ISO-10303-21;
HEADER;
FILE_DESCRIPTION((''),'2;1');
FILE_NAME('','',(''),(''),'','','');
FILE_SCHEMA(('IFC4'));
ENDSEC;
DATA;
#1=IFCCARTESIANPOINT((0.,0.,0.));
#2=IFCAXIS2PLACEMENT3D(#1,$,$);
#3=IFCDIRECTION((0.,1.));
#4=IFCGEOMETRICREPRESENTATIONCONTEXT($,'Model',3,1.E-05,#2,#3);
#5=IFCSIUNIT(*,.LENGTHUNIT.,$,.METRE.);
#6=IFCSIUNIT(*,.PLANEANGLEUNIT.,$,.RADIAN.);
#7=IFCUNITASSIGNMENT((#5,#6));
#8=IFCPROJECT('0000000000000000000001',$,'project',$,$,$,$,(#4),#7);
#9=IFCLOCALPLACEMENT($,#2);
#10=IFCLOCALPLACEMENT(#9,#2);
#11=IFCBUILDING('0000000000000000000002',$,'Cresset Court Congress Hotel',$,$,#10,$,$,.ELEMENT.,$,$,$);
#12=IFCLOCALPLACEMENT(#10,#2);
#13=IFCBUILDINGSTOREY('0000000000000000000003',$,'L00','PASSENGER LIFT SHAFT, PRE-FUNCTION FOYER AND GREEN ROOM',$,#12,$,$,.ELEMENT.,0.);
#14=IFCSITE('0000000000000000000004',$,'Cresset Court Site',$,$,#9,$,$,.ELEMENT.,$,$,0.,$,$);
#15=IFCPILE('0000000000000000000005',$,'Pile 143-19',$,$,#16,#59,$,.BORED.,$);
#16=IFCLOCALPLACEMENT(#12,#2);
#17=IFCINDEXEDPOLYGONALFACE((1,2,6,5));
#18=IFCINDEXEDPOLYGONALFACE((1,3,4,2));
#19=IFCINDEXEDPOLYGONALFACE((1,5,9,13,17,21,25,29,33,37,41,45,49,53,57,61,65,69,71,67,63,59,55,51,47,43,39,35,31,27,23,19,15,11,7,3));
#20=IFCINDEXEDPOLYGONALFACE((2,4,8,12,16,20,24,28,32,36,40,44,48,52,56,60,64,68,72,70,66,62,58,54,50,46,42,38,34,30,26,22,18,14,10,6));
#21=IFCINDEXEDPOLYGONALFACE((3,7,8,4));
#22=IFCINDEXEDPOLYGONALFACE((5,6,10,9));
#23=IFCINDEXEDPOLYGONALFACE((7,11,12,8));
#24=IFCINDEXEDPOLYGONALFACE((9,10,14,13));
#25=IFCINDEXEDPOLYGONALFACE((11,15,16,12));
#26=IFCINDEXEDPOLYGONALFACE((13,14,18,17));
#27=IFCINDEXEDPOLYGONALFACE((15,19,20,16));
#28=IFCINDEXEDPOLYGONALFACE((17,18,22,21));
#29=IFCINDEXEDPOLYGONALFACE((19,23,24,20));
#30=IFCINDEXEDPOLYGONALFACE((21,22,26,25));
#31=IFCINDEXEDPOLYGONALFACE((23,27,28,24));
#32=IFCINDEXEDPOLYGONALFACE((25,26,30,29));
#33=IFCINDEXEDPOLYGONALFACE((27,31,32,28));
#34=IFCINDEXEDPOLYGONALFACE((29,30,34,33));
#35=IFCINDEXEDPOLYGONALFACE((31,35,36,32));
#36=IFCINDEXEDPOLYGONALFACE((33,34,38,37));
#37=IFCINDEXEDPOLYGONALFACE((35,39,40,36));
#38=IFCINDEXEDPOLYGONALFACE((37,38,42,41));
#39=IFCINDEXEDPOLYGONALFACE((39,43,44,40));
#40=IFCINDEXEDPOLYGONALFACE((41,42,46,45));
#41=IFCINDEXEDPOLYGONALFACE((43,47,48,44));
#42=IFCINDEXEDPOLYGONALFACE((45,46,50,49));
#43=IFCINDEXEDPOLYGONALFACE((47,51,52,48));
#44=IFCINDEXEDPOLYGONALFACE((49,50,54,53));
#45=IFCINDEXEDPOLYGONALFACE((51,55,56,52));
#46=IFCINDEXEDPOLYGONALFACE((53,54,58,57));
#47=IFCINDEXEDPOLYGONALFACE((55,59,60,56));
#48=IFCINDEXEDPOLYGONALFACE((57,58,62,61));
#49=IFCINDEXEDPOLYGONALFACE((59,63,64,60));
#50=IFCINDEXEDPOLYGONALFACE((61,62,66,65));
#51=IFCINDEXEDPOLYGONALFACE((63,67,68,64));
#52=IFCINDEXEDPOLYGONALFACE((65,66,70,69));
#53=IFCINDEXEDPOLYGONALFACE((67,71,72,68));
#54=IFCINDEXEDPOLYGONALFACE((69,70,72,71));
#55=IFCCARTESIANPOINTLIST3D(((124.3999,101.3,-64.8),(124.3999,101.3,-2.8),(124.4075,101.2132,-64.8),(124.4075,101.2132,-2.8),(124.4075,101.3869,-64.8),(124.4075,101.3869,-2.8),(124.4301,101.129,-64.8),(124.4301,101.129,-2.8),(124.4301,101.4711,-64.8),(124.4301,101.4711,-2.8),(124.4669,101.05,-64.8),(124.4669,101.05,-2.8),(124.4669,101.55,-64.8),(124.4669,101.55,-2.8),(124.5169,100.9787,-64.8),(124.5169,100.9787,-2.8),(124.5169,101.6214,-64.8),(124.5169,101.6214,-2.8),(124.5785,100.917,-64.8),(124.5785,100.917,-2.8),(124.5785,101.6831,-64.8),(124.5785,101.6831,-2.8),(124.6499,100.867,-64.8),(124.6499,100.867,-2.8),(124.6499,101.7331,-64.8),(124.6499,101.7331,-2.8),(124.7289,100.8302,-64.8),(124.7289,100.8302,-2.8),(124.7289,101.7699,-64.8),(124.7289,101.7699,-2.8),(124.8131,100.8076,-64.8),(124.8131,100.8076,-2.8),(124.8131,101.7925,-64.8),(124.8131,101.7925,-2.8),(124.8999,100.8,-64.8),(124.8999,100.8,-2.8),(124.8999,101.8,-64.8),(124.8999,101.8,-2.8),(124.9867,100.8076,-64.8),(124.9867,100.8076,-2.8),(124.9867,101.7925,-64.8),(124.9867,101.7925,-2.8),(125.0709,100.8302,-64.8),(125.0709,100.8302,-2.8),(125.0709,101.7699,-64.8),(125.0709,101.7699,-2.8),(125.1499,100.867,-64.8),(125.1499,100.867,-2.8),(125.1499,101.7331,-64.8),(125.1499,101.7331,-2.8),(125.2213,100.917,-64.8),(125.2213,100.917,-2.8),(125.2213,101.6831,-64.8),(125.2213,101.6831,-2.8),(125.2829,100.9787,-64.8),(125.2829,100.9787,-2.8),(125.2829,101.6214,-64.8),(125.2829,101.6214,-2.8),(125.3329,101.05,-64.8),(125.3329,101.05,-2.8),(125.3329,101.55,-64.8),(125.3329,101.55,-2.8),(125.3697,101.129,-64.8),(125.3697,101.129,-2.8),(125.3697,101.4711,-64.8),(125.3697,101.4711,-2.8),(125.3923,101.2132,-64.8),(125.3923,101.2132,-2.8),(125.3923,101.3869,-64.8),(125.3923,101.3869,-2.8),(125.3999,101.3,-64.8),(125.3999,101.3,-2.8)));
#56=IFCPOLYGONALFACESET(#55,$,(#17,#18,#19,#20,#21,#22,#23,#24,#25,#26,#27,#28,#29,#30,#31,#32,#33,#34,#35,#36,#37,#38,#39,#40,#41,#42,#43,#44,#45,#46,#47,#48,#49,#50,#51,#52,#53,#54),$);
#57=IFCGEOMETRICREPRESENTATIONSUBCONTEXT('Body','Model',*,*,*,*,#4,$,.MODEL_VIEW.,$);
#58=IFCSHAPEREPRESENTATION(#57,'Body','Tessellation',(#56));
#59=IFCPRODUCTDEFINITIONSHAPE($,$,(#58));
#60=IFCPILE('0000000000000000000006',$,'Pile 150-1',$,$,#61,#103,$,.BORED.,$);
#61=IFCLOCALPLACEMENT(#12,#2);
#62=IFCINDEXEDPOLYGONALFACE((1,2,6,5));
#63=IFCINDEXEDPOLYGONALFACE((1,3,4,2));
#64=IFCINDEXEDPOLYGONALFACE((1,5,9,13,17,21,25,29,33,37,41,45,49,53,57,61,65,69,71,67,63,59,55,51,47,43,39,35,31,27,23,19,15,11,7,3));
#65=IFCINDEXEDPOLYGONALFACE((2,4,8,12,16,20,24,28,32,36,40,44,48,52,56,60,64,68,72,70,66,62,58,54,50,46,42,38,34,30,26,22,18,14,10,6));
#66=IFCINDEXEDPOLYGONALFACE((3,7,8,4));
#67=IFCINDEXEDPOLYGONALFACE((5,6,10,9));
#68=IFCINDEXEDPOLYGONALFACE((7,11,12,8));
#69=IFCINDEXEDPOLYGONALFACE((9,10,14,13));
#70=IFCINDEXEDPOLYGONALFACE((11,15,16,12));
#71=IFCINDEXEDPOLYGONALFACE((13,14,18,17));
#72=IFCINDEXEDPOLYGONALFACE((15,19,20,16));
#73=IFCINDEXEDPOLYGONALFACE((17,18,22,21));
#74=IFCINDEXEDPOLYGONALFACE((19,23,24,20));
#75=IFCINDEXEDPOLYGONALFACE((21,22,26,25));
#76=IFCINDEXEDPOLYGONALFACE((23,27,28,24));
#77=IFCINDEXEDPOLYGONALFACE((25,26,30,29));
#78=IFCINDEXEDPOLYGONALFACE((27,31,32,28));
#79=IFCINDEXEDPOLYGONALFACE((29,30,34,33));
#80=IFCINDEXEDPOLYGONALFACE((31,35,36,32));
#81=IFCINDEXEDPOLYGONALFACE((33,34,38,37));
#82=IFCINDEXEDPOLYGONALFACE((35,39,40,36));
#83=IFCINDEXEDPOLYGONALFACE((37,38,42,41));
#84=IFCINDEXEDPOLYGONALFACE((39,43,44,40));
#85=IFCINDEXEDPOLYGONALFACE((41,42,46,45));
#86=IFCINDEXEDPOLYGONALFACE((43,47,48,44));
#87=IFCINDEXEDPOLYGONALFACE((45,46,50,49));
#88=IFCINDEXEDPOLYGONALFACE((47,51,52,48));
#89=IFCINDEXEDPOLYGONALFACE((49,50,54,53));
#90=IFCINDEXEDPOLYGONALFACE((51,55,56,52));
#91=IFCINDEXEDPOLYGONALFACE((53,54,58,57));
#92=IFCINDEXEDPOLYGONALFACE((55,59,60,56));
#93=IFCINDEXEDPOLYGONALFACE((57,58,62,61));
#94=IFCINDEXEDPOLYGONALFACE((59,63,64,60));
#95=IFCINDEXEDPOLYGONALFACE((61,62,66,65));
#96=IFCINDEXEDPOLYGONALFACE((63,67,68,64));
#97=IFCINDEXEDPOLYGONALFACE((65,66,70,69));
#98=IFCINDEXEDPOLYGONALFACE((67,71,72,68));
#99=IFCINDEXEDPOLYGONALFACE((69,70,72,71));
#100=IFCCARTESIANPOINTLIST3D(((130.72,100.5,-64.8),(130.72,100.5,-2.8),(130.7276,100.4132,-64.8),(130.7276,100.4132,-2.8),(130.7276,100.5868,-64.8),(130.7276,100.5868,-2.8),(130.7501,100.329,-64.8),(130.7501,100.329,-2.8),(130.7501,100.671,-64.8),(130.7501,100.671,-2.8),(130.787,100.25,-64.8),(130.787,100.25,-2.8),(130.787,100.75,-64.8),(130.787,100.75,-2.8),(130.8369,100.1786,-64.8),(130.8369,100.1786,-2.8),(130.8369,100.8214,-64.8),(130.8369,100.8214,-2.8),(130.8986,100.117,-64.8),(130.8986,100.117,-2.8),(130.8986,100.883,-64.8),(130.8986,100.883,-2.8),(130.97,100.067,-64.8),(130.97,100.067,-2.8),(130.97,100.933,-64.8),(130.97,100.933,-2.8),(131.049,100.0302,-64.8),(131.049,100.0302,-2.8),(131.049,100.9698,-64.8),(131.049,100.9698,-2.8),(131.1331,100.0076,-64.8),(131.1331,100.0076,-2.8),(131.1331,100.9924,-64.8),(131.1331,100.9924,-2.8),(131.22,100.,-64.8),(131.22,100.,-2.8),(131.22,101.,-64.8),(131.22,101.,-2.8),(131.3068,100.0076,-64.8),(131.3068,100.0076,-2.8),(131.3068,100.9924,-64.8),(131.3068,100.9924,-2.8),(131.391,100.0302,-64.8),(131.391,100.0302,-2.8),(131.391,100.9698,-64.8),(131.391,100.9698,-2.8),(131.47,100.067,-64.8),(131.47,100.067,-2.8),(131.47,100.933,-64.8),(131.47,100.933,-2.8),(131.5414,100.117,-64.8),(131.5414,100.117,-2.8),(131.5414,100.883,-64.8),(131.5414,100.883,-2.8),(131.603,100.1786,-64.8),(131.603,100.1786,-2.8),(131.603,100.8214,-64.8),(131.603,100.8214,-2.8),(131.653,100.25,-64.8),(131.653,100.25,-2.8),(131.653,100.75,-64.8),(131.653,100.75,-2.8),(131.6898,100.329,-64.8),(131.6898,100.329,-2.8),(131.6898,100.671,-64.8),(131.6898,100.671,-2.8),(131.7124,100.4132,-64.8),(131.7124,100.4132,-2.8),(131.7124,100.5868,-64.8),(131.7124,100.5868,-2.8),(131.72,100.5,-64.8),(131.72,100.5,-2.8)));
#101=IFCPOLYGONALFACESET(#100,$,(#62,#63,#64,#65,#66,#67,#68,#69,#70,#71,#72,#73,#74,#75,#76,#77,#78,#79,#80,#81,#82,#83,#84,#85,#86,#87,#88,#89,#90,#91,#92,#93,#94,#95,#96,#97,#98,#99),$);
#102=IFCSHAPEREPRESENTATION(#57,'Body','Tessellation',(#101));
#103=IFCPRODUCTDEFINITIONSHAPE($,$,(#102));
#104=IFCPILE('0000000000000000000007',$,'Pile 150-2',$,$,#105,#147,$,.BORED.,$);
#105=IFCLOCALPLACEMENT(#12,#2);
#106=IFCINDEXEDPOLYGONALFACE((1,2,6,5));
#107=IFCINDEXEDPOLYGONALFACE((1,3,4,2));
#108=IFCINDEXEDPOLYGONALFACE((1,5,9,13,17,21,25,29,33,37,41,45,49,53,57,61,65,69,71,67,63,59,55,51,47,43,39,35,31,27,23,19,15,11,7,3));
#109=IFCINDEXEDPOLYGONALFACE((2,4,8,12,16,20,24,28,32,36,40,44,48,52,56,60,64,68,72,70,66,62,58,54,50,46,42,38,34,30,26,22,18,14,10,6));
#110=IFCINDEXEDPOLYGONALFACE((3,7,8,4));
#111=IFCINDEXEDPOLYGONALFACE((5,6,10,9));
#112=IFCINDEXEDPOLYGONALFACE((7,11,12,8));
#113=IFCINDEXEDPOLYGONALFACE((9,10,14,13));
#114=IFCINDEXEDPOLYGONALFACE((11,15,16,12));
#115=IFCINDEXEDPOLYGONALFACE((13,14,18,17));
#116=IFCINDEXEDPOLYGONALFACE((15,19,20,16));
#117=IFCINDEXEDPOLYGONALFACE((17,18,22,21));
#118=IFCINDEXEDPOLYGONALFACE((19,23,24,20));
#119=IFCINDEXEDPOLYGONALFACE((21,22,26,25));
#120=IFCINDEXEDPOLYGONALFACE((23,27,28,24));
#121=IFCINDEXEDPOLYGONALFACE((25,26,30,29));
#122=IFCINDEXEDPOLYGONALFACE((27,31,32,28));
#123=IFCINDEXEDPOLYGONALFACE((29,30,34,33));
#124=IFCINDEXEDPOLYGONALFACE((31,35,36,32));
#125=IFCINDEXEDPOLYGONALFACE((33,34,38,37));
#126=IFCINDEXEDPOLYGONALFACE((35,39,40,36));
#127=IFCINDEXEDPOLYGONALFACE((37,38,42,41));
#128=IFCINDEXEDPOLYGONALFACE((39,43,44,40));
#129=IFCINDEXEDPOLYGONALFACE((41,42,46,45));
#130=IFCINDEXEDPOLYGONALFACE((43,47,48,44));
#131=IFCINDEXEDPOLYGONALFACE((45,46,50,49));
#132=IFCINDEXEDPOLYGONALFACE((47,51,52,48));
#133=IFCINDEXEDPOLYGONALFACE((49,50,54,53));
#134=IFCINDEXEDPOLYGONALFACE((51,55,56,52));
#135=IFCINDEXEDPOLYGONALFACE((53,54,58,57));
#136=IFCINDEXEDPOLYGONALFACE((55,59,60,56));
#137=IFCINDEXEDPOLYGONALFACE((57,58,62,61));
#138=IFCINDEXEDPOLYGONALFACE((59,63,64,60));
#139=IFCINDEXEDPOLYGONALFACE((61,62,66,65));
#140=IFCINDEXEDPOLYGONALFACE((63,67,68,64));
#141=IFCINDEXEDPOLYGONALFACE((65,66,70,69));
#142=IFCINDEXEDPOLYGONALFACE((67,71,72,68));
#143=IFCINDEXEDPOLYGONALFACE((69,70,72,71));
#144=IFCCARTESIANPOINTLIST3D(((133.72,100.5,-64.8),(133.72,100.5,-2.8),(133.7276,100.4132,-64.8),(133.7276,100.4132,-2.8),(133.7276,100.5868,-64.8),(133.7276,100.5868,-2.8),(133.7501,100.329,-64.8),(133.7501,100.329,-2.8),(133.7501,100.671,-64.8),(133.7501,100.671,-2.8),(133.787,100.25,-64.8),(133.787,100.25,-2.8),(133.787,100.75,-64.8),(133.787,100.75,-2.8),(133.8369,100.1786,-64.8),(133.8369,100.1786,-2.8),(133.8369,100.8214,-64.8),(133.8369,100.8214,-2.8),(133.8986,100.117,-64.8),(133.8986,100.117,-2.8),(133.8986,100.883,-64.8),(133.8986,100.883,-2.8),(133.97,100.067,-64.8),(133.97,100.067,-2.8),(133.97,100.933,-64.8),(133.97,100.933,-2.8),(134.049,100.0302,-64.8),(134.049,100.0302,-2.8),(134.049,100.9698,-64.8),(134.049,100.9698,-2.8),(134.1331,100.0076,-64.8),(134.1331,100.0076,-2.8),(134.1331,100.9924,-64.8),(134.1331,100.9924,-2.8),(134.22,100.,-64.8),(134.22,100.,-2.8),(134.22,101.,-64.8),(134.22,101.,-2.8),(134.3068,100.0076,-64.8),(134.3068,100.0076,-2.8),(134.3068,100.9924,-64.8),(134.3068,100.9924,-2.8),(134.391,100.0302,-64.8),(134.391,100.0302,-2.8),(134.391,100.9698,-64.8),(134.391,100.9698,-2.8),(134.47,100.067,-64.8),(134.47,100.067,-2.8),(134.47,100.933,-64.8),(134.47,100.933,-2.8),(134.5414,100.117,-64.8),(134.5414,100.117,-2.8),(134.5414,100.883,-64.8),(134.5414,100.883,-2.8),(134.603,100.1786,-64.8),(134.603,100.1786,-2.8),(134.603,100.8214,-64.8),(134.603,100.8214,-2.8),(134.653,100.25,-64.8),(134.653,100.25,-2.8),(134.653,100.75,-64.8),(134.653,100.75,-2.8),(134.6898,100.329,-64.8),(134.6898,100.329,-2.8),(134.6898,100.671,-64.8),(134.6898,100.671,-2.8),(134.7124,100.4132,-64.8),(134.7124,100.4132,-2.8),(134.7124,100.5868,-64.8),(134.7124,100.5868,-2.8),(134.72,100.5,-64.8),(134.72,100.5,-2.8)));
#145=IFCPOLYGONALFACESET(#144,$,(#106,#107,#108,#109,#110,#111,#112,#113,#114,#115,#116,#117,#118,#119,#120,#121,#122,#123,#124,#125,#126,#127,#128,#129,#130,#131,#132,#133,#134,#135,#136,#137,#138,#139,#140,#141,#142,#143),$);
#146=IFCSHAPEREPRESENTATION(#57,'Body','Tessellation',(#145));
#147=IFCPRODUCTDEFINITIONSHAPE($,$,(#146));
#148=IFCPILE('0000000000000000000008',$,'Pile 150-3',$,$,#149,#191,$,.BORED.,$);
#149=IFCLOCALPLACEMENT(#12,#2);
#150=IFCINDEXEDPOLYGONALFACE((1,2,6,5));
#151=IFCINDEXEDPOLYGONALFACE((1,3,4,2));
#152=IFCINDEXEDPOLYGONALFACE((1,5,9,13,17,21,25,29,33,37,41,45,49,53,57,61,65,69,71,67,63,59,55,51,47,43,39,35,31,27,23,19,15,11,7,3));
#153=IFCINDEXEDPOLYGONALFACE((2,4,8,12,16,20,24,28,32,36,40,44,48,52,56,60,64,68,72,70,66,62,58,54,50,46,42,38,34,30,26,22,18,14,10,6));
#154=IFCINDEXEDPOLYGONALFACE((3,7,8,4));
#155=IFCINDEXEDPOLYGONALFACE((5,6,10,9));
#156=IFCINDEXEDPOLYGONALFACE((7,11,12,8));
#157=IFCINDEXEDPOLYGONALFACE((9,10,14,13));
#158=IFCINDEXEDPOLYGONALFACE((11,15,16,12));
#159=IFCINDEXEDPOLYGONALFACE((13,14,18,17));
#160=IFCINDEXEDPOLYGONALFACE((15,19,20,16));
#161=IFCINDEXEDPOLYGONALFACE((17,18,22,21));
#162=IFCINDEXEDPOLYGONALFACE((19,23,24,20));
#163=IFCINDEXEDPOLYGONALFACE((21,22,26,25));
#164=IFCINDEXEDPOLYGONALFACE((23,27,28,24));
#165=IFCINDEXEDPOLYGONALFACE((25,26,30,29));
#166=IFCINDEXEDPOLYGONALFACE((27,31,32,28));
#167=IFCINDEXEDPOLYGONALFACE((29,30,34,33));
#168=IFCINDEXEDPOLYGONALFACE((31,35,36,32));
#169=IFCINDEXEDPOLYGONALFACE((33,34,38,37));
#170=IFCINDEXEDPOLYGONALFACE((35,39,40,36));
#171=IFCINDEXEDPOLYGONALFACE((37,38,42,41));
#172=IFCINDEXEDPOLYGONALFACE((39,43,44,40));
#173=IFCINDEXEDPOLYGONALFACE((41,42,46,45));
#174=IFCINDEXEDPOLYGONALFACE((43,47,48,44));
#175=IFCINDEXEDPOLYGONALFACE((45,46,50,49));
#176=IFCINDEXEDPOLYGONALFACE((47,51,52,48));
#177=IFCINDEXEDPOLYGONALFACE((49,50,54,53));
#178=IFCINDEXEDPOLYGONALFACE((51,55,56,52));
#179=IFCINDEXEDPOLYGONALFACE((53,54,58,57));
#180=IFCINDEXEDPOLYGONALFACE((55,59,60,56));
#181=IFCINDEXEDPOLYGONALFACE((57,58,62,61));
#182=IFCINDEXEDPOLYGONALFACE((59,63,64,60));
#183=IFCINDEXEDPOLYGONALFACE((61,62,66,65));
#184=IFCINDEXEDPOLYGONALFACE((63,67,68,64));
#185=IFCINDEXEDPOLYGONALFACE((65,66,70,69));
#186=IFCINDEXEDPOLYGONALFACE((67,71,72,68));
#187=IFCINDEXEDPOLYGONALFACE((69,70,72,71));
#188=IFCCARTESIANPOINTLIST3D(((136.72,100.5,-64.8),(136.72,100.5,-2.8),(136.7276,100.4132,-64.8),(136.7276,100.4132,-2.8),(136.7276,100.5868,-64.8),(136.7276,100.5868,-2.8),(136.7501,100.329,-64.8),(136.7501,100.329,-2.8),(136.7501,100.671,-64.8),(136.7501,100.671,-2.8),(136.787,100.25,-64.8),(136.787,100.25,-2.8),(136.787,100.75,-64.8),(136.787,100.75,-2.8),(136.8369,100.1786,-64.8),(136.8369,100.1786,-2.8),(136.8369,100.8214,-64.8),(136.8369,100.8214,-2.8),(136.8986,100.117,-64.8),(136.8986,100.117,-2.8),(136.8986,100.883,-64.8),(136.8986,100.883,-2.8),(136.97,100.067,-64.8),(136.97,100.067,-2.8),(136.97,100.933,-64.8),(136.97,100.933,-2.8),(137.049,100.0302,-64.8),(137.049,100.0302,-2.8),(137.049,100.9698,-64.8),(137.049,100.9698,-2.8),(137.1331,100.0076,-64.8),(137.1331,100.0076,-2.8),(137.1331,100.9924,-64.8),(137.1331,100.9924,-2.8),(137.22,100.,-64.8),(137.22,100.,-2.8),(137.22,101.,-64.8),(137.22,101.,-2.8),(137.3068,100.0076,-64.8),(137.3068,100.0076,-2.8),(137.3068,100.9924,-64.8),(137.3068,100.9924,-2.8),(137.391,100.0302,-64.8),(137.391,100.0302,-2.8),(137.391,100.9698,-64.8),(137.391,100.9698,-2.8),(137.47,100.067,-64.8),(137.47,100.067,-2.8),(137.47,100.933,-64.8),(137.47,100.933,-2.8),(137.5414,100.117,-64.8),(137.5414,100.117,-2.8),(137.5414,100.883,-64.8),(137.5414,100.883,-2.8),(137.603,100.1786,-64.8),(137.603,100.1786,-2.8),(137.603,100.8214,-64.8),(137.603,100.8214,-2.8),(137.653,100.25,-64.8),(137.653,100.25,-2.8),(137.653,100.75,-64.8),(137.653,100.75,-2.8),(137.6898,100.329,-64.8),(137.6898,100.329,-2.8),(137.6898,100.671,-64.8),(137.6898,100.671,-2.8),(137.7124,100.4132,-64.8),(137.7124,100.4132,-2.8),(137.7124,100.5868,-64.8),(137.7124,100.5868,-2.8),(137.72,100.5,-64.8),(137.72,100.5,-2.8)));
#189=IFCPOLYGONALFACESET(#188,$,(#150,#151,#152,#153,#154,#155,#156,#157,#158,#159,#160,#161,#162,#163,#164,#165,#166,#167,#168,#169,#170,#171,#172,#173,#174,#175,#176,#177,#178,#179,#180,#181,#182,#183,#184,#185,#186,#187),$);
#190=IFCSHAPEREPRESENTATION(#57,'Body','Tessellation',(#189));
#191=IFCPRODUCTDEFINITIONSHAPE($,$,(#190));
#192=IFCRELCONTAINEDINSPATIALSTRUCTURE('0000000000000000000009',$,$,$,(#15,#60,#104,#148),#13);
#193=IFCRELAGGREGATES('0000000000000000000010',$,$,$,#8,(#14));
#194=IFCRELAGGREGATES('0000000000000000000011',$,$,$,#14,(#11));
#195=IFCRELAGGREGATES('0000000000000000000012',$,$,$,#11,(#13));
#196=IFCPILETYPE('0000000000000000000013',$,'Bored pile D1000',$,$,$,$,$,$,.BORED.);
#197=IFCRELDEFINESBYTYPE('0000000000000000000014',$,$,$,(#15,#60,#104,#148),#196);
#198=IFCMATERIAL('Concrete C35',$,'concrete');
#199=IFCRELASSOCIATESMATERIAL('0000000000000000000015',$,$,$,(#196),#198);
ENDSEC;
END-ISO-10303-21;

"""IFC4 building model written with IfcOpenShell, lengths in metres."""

from ifc_helpers import new_model, si_unit, direction, frame, origin, origin_2d, place, context, subcontext, project, spatial, circle, extrude, material, type_object, element, save


model = new_model("IFC4")

# Units and contexts
model_context = context("Model", 3, precision=1e-05, world=origin(), true_north=direction((0.0, 1.0)))
body_context = subcontext(model_context, "Body", "Model", "MODEL_VIEW")
ifc_project = project(units=[si_unit("LENGTHUNIT", "METRE"), si_unit("PLANEANGLEUNIT", "RADIAN")], contexts=[model_context])

# Site, building, storey
site_placement = place(None, origin())
site = spatial("IfcSite", under=ifc_project, at=site_placement, Name="Cresset Court Site", CompositionType="ELEMENT", RefElevation=0.0)
building_placement = place(site_placement, origin())
building = spatial("IfcBuilding", under=site, at=building_placement, Name="Cresset Court Congress Hotel", CompositionType="ELEMENT")
storey_placement = place(building_placement, origin())
storey = spatial("IfcBuildingStorey", under=building, at=storey_placement, Name="L00", Description="PASSENGER LIFT SHAFT, PRE-FUNCTION FOYER AND GREEN ROOM", CompositionType="ELEMENT", Elevation=0.0)

# Piles
ifc_material_1 = material(Name="Concrete C35", Category="concrete")
pile_type_1 = type_object("IfcPileType", Name="Bored pile D1000", PredefinedType="BORED", material=ifc_material_1)
for number, where, z_axis, x_axis, name in (
    (1, (124.8999, 101.3, -2.8), (0.0, 0.0, -1.0), (1.0, 0.0, 0.0), "Pile 143-19"),
    (2, (131.22, 100.5, -2.8), (0.0, 0.0, -1.0), (1.0, 0.0, 0.0), "Pile 150-1"),
    (3, (134.22, 100.5, -2.8), (0.0, 0.0, -1.0), (1.0, 0.0, 0.0), "Pile 150-2"),
    (4, (137.22, 100.5, -2.8), (0.0, 0.0, -1.0), (1.0, 0.0, 0.0), "Pile 150-3"),
):
    element("IfcPile", number, at=place(storey_placement, frame(where, z_axis=z_axis, x_axis=x_axis)), inside=storey, type_object=pile_type_1, Name=name, PredefinedType="BORED", context=body_context, shape_type="SweptSolid", body=[
        extrude(circle(Radius=0.5, at=origin_2d()), origin(), (0.0, 0.0, 1.0), 62.0),
    ])

save(model, "model.ifc")
